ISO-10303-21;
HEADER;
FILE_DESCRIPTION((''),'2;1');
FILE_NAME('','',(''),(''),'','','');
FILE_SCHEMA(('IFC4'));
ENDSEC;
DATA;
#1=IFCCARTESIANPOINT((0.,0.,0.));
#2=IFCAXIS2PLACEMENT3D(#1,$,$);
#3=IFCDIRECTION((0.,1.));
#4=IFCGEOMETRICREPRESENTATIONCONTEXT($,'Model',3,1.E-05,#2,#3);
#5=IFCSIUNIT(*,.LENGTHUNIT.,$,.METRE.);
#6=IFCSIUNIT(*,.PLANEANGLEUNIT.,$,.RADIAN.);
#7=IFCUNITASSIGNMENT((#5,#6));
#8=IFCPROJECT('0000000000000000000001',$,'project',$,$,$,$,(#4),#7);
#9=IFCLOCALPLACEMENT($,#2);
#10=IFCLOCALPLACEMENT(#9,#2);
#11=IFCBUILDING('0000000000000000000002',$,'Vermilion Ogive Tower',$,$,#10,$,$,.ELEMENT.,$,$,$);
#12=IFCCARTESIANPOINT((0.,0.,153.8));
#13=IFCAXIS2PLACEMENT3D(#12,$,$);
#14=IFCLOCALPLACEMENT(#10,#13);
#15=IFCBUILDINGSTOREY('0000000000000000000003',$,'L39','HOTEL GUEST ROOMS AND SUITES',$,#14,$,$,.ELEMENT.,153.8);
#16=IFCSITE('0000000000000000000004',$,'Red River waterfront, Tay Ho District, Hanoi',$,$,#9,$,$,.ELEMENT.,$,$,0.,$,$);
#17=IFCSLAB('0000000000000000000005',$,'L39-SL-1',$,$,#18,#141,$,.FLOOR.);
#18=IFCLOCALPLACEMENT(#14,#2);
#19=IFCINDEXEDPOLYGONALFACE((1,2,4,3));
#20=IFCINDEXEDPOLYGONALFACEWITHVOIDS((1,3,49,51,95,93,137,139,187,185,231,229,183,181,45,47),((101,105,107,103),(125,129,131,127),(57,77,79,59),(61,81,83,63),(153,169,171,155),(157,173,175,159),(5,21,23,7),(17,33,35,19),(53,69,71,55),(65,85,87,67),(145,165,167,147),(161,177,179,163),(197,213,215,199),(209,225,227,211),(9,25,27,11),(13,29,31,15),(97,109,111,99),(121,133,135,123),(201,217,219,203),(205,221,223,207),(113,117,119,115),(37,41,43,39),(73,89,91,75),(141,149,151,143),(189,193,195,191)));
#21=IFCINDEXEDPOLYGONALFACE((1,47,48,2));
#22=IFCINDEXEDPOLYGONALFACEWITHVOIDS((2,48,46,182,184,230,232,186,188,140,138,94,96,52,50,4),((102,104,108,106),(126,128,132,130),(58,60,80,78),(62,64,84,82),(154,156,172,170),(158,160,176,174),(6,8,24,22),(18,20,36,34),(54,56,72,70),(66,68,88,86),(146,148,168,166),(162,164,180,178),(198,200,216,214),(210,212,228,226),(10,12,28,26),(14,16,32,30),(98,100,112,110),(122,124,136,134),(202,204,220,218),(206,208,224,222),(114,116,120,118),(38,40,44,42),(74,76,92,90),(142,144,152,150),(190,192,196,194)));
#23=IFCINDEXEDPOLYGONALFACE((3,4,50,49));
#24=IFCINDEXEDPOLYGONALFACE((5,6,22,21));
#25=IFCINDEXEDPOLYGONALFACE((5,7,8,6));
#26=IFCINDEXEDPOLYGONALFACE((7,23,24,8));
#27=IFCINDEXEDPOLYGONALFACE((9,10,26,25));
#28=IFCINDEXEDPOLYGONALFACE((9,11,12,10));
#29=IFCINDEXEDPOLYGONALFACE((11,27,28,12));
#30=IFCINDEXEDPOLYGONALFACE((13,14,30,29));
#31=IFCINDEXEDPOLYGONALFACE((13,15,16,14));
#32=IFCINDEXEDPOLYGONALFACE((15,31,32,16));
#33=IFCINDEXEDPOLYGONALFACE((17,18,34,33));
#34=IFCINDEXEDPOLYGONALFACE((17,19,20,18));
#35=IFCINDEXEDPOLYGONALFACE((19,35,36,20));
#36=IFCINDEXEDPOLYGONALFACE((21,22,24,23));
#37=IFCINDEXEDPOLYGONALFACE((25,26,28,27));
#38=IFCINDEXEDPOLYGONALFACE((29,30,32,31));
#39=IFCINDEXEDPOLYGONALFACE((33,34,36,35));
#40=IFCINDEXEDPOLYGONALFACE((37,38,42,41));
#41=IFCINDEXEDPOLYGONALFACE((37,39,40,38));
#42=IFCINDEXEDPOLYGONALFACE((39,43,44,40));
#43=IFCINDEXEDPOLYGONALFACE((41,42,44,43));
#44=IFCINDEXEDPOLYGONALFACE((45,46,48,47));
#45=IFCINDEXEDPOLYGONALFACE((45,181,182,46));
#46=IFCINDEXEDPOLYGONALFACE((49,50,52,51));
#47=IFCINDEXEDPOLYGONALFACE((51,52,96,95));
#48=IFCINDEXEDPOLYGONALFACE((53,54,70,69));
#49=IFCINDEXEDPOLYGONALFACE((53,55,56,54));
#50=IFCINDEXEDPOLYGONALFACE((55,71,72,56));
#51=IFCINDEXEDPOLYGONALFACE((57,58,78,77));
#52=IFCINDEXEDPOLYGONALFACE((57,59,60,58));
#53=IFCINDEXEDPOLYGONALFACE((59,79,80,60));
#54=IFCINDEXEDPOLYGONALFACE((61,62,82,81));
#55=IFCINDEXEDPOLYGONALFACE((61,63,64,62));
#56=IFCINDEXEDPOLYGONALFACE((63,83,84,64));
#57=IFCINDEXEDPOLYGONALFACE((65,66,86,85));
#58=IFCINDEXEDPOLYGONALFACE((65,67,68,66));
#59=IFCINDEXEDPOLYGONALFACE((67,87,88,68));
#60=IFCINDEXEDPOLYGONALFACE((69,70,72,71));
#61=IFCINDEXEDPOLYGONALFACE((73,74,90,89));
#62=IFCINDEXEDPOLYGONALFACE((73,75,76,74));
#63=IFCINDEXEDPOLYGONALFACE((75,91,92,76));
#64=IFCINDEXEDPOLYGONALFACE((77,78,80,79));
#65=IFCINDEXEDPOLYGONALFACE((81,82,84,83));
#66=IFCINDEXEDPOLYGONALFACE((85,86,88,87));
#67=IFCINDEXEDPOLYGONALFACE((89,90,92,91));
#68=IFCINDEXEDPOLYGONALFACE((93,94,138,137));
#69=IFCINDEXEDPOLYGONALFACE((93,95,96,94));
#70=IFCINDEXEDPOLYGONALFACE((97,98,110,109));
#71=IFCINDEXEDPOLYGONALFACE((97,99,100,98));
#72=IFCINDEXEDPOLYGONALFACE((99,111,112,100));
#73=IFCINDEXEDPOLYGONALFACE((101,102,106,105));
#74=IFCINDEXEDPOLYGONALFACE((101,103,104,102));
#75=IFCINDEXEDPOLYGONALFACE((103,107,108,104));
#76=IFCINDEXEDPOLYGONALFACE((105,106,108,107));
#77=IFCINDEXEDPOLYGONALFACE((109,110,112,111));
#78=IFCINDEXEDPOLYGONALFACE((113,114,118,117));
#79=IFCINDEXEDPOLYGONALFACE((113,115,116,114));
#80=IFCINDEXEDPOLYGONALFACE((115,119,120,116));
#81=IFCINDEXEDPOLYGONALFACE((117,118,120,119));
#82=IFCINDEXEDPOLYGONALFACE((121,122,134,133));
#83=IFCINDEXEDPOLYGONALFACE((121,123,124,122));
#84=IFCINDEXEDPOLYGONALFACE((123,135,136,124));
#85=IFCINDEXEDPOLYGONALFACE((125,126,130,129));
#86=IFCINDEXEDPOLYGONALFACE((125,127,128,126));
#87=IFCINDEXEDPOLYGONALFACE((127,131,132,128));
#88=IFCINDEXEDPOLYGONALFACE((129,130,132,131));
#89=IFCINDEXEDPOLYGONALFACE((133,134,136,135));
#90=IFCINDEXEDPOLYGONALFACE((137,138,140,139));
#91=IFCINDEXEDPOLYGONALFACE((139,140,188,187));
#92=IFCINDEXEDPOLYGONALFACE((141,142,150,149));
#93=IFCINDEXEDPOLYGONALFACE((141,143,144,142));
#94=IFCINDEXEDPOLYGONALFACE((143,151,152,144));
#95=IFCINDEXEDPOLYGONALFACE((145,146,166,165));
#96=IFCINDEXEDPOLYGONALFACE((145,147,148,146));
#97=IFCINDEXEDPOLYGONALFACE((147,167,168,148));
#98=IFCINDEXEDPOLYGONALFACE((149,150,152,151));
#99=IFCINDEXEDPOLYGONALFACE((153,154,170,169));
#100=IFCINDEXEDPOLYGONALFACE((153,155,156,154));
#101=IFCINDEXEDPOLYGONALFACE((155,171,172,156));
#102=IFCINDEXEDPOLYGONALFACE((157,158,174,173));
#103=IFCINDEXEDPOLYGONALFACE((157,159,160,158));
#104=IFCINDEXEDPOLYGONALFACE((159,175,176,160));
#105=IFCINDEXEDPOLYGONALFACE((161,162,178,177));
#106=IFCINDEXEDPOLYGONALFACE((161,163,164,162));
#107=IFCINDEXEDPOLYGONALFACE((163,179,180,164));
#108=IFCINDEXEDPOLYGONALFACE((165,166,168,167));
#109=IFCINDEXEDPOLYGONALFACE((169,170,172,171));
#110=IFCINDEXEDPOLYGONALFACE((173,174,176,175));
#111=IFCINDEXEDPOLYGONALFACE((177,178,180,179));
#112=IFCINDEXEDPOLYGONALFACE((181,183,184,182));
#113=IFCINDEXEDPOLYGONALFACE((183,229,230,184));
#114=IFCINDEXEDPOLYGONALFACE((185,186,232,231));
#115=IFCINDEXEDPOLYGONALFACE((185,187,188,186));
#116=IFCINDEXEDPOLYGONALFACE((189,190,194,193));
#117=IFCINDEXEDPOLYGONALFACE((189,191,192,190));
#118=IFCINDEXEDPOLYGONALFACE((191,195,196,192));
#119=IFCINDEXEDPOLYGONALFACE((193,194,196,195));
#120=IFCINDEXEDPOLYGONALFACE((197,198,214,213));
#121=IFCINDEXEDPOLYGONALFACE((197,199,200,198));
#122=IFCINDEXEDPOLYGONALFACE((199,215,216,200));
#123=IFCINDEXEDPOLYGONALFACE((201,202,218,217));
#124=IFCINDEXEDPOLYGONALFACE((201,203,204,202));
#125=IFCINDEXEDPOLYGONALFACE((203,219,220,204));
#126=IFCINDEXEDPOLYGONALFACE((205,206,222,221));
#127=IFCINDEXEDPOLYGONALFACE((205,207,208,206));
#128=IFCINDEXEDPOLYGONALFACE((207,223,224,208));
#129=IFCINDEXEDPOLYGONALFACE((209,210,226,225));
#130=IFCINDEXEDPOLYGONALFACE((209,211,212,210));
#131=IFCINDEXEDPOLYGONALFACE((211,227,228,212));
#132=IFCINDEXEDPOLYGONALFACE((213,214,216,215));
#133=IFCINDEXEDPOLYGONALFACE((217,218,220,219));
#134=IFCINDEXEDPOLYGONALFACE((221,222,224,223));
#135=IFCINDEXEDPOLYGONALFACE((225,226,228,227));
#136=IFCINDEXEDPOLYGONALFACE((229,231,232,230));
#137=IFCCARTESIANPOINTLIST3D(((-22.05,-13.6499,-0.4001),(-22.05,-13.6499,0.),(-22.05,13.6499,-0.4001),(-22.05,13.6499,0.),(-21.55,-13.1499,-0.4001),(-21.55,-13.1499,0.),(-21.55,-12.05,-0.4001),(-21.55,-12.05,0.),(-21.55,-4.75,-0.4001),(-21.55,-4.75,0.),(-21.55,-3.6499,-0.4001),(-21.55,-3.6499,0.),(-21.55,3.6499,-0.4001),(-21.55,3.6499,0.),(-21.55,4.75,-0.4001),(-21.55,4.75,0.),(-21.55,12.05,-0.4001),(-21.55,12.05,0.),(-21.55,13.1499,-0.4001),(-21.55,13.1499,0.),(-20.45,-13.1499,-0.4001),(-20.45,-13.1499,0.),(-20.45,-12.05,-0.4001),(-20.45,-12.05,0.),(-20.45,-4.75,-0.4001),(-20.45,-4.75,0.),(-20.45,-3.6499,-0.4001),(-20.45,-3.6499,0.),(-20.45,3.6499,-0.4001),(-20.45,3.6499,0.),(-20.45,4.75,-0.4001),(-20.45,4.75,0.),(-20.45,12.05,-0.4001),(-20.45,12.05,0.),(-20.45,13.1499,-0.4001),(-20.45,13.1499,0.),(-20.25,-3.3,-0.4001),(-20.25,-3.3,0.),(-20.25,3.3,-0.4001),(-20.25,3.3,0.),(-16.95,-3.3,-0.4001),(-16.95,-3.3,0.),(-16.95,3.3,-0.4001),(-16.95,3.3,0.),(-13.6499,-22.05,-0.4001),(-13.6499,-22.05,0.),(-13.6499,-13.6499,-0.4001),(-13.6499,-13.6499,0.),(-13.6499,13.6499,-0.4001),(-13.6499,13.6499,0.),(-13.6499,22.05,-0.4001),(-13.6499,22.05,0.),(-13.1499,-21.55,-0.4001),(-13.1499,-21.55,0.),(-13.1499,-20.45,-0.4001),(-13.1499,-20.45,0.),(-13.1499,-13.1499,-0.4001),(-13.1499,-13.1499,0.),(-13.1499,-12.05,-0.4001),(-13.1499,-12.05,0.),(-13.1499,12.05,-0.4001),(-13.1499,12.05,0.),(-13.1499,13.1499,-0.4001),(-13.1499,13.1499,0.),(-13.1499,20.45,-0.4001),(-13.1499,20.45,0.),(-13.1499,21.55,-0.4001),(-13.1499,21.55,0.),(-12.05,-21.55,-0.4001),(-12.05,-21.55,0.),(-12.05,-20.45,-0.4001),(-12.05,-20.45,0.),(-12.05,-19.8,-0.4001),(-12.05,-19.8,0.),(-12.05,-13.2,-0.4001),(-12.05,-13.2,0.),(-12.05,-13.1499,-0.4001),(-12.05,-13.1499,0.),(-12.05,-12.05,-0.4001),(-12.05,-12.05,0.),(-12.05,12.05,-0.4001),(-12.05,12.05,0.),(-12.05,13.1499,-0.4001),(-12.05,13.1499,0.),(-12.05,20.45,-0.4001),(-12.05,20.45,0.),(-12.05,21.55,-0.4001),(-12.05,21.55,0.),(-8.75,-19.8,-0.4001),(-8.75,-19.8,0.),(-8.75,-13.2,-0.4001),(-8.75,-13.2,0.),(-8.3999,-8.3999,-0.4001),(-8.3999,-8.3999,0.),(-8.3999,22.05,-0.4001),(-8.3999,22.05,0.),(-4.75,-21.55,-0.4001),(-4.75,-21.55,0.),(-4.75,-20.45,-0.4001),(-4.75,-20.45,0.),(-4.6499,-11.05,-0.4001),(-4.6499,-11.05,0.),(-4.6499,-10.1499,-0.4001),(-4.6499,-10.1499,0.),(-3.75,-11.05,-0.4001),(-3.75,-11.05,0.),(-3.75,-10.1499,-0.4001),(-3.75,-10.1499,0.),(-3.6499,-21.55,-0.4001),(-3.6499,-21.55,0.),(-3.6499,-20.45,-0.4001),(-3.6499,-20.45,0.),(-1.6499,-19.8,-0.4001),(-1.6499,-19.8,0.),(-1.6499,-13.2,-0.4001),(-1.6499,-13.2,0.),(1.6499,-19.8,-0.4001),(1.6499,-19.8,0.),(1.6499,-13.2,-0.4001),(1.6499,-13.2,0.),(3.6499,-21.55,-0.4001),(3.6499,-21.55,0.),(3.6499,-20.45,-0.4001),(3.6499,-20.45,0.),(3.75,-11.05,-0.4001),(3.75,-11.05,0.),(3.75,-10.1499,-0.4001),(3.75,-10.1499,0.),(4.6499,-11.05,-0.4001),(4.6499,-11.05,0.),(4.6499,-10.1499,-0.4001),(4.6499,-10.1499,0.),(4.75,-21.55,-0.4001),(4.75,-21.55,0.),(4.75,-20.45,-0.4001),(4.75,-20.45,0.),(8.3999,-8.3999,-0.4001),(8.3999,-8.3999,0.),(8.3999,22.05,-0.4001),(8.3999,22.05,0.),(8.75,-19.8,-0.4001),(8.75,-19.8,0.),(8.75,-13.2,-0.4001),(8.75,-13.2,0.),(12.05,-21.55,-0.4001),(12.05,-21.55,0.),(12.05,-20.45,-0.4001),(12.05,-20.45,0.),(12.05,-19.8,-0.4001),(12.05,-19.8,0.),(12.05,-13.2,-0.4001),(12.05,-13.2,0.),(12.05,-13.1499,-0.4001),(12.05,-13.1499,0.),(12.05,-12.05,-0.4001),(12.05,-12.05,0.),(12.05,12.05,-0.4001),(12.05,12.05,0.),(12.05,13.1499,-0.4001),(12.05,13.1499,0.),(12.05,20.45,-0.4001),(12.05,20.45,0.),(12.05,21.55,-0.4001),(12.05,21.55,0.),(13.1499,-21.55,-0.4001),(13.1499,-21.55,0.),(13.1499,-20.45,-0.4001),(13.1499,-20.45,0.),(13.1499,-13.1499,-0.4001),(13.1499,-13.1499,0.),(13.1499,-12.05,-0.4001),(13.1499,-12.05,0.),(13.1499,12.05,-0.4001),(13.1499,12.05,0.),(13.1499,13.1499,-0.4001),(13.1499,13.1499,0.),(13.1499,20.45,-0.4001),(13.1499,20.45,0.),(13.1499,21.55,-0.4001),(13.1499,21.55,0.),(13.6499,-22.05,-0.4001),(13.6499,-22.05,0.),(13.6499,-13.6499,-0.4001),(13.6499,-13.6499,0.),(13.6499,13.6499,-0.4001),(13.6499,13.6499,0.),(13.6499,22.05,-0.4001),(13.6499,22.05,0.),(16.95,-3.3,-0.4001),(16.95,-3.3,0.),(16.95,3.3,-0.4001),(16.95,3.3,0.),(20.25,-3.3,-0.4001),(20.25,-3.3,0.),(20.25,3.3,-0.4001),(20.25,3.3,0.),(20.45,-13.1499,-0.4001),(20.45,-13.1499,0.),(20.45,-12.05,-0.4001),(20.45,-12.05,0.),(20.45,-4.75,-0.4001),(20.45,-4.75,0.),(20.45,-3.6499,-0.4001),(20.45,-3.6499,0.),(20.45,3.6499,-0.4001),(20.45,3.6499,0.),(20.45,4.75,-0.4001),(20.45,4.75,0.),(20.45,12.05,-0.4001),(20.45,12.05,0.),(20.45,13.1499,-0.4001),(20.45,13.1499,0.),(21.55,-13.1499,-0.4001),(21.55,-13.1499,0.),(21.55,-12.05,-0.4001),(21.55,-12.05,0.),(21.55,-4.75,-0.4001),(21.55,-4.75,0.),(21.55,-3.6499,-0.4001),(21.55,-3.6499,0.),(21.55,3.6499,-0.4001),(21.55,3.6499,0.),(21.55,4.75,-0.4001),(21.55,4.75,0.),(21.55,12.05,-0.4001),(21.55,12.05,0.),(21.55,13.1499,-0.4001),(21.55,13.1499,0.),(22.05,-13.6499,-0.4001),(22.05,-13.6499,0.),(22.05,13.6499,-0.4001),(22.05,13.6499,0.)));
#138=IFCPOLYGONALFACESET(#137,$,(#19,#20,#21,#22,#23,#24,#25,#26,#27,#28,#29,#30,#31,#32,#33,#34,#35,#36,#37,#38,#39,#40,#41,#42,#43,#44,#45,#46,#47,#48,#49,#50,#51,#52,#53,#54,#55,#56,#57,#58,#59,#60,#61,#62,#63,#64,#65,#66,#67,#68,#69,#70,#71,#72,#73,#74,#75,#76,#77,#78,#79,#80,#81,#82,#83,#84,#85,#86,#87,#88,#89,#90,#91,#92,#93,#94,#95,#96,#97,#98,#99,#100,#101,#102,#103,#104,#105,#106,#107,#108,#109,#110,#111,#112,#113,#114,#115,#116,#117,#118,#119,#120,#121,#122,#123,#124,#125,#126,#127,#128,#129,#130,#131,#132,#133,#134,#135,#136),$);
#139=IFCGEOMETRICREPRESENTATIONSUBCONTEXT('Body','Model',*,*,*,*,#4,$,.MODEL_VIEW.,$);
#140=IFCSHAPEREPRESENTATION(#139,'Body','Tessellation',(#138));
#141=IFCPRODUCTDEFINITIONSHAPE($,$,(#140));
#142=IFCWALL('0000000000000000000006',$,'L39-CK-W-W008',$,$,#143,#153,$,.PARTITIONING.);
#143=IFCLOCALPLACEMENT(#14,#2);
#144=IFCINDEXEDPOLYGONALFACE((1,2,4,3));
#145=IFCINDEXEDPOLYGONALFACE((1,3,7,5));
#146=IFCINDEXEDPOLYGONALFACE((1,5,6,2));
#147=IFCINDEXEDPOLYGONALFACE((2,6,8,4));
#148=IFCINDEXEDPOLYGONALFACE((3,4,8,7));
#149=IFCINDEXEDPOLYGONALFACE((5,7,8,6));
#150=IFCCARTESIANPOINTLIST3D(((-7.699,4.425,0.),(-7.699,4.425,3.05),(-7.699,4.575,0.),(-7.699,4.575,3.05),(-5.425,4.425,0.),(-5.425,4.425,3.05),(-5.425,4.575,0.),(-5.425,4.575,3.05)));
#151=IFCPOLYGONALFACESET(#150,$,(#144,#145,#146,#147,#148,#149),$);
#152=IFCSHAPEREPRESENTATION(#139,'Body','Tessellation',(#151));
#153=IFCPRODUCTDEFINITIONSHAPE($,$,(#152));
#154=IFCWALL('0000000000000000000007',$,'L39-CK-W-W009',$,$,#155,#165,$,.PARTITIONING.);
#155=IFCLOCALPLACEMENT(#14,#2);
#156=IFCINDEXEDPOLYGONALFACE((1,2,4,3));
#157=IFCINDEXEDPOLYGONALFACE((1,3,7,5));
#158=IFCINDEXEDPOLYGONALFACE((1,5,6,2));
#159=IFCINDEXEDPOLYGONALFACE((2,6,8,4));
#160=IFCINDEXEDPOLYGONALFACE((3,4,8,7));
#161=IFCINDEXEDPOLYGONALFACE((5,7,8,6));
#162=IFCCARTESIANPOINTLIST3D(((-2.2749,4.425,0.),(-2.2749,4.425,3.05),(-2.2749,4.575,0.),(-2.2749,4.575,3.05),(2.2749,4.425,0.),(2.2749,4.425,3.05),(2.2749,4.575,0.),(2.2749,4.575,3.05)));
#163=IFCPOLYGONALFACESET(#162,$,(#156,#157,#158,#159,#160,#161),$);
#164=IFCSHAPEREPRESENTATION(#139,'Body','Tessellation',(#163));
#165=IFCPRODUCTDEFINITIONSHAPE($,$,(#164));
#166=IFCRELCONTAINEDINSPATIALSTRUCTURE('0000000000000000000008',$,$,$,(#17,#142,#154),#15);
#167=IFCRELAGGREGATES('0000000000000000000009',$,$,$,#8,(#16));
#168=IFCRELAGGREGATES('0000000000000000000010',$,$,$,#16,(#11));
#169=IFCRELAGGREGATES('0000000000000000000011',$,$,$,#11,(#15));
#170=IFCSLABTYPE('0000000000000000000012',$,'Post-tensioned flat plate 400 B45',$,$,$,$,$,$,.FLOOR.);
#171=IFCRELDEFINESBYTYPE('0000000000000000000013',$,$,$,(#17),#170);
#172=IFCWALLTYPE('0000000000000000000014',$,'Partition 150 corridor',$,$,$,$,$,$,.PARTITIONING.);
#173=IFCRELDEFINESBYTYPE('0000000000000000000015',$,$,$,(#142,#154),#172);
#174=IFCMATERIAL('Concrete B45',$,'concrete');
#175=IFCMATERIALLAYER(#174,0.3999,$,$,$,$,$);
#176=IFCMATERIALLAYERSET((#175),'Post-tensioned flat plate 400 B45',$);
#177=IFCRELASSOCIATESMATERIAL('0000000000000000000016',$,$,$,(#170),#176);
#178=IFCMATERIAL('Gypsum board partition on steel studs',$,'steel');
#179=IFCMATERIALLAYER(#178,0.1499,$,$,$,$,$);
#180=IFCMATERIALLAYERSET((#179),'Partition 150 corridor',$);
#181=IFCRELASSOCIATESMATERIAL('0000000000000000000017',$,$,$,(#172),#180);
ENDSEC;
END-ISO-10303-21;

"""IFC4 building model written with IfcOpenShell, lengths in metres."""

from ifc_helpers import new_model, si_unit, direction, frame, frame_2d, origin, place, context, subcontext, project, spatial, polyline, rectangle, outline, extrude, material, layer, layer_set, type_object, element, save


model = new_model("IFC4")

# Units and contexts
model_context = context("Model", 3, precision=1e-05, world=origin(), true_north=direction((0.0, 1.0)))
body_context = subcontext(model_context, "Body", "Model", "MODEL_VIEW")
ifc_project = project(units=[si_unit("LENGTHUNIT", "METRE"), si_unit("PLANEANGLEUNIT", "RADIAN")], contexts=[model_context])

# Site, building, storey
site_placement = place(None, origin())
site = spatial("IfcSite", under=ifc_project, at=site_placement, Name="Red River waterfront, Tay Ho District, Hanoi", CompositionType="ELEMENT", RefElevation=0.0)
building_placement = place(site_placement, origin())
building = spatial("IfcBuilding", under=site, at=building_placement, Name="Vermilion Ogive Tower", CompositionType="ELEMENT")
storey_placement = place(building_placement, frame((0.0, 0.0, 153.8)))
storey = spatial("IfcBuildingStorey", under=building, at=storey_placement, Name="L39", Description="HOTEL GUEST ROOMS AND SUITES", CompositionType="ELEMENT", Elevation=153.8)

# Slab
ifc_material_1 = material(Name="Concrete B45", Category="concrete")
ifc_layer_1 = layer(ifc_material_1, 0.3999)
ifc_layer_set_1 = layer_set([ifc_layer_1], Name="Post-tensioned flat plate 400 B45")
slab_type = type_object("IfcSlabType", Name="Post-tensioned flat plate 400 B45", PredefinedType="FLOOR", material=ifc_layer_set_1)
slab_placement = place(storey_placement, frame((0.0, 0.0, -0.4001)))
element("IfcSlab", 1, at=slab_placement, inside=storey, type_object=slab_type, Name="L39-SL-1", PredefinedType="FLOOR", context=body_context, shape_type="SweptSolid", body=[
    extrude(outline(polyline([(-13.6499, -13.6499), (-22.05, -13.6499), (-22.05, 13.6499), (-13.6499, 13.6499), (-13.6499, 22.05), (-8.3999, 22.05), (-8.3999, -8.3999), (8.3999, -8.3999), (8.3999, 22.05), (13.6499, 22.05), (13.6499, 13.6499), (22.05, 13.6499), (22.05, -13.6499), (13.6499, -13.6499), (13.6499, -22.05), (-13.6499, -22.05), (-13.6499, -13.6499)]), holes=[polyline([(21.55, 12.05), (21.55, 13.1499), (20.45, 13.1499), (20.45, 12.05), (21.55, 12.05)]), polyline([(21.55, 3.6499), (21.55, 4.75), (20.45, 4.75), (20.45, 3.6499), (21.55, 3.6499)]), polyline([(21.55, -4.75), (21.55, -3.6499), (20.45, -3.6499), (20.45, -4.75), (21.55, -4.75)]), polyline([(21.55, -13.1499), (21.55, -12.05), (20.45, -12.05), (20.45, -13.1499), (21.55, -13.1499)]), polyline([(20.25, -3.3), (20.25, 3.3), (16.95, 3.3), (16.95, -3.3), (20.25, -3.3)]), polyline([(13.1499, 20.45), (13.1499, 21.55), (12.05, 21.55), (12.05, 20.45), (13.1499, 20.45)]), polyline([(13.1499, 12.05), (13.1499, 13.1499), (12.05, 13.1499), (12.05, 12.05), (13.1499, 12.05)]), polyline([(13.1499, -13.1499), (13.1499, -12.05), (12.05, -12.05), (12.05, -13.1499), (13.1499, -13.1499)]), polyline([(13.1499, -21.55), (13.1499, -20.45), (12.05, -20.45), (12.05, -21.55), (13.1499, -21.55)]), polyline([(12.05, -19.8), (12.05, -13.2), (8.75, -13.2), (8.75, -19.8), (12.05, -19.8)]), polyline([(4.75, -20.45), (3.6499, -20.45), (3.6499, -21.55), (4.75, -21.55), (4.75, -20.45)]), polyline([(4.6499, -11.05), (4.6499, -10.1499), (3.75, -10.1499), (3.75, -11.05), (4.6499, -11.05)]), polyline([(1.6499, -19.8), (1.6499, -13.2), (-1.6499, -13.2), (-1.6499, -19.8), (1.6499, -19.8)]), polyline([(-3.6499, -21.55), (-3.6499, -20.45), (-4.75, -20.45), (-4.75, -21.55), (-3.6499, -21.55)]), polyline([(-3.75, -11.05), (-3.75, -10.1499), (-4.6499, -10.1499), (-4.6499, -11.05), (-3.75, -11.05)]), polyline([(-8.75, -19.8), (-8.75, -13.2), (-12.05, -13.2), (-12.05, -19.8), (-8.75, -19.8)]), polyline([(-12.05, 20.45), (-12.05, 21.55), (-13.1499, 21.55), (-13.1499, 20.45), (-12.05, 20.45)]), polyline([(-12.05, 12.05), (-12.05, 13.1499), (-13.1499, 13.1499), (-13.1499, 12.05), (-12.05, 12.05)]), polyline([(-12.05, -13.1499), (-12.05, -12.05), (-13.1499, -12.05), (-13.1499, -13.1499), (-12.05, -13.1499)]), polyline([(-12.05, -20.45), (-13.1499, -20.45), (-13.1499, -21.55), (-12.05, -21.55), (-12.05, -20.45)]), polyline([(-16.95, -3.3), (-16.95, 3.3), (-20.25, 3.3), (-20.25, -3.3), (-16.95, -3.3)]), polyline([(-20.45, -13.1499), (-20.45, -12.05), (-21.55, -12.05), (-21.55, -13.1499), (-20.45, -13.1499)]), polyline([(-20.45, 12.05), (-20.45, 13.1499), (-21.55, 13.1499), (-21.55, 12.05), (-20.45, 12.05)]), polyline([(-20.45, 3.6499), (-20.45, 4.75), (-21.55, 4.75), (-21.55, 3.6499), (-20.45, 3.6499)]), polyline([(-20.45, -4.75), (-20.45, -3.6499), (-21.55, -3.6499), (-21.55, -4.75), (-20.45, -4.75)])]), origin(), (0.0, 0.0, 1.0), 0.4001),
])

# Walls
ifc_material_2 = material(Name="Gypsum board partition on steel studs", Category="steel")
ifc_layer_2 = layer(ifc_material_2, 0.1499)
ifc_layer_set_2 = layer_set([ifc_layer_2], Name="Partition 150 corridor")
wall_type_1 = type_object("IfcWallType", Name="Partition 150 corridor", PredefinedType="PARTITIONING", material=ifc_layer_set_2)
wall_1_placement = place(storey_placement, frame((-7.699, 4.5, 0.0), z_axis=(0.0, 0.0, 1.0), x_axis=(1.0, 0.0, 0.0)))
element("IfcWall", 2, at=wall_1_placement, inside=storey, type_object=wall_type_1, Name="L39-CK-W-W008", PredefinedType="PARTITIONING", context=body_context, shape_type="SweptSolid", body=[
    extrude(rectangle(XDim=2.2739, YDim=0.1499, at=frame_2d((1.137, 0.0))), origin(), (0.0, 0.0, 1.0), 3.05),
])
wall_2_placement = place(storey_placement, frame((-2.2749, 4.5, 0.0), z_axis=(0.0, 0.0, 1.0), x_axis=(1.0, 0.0, 0.0)))
element("IfcWall", 3, at=wall_2_placement, inside=storey, type_object=wall_type_1, Name="L39-CK-W-W009", PredefinedType="PARTITIONING", context=body_context, shape_type="SweptSolid", body=[
    extrude(rectangle(XDim=4.5498, YDim=0.1499, at=frame_2d((2.2749, 0.0))), origin(), (0.0, 0.0, 1.0), 3.05),
])

save(model, "model.ifc")
